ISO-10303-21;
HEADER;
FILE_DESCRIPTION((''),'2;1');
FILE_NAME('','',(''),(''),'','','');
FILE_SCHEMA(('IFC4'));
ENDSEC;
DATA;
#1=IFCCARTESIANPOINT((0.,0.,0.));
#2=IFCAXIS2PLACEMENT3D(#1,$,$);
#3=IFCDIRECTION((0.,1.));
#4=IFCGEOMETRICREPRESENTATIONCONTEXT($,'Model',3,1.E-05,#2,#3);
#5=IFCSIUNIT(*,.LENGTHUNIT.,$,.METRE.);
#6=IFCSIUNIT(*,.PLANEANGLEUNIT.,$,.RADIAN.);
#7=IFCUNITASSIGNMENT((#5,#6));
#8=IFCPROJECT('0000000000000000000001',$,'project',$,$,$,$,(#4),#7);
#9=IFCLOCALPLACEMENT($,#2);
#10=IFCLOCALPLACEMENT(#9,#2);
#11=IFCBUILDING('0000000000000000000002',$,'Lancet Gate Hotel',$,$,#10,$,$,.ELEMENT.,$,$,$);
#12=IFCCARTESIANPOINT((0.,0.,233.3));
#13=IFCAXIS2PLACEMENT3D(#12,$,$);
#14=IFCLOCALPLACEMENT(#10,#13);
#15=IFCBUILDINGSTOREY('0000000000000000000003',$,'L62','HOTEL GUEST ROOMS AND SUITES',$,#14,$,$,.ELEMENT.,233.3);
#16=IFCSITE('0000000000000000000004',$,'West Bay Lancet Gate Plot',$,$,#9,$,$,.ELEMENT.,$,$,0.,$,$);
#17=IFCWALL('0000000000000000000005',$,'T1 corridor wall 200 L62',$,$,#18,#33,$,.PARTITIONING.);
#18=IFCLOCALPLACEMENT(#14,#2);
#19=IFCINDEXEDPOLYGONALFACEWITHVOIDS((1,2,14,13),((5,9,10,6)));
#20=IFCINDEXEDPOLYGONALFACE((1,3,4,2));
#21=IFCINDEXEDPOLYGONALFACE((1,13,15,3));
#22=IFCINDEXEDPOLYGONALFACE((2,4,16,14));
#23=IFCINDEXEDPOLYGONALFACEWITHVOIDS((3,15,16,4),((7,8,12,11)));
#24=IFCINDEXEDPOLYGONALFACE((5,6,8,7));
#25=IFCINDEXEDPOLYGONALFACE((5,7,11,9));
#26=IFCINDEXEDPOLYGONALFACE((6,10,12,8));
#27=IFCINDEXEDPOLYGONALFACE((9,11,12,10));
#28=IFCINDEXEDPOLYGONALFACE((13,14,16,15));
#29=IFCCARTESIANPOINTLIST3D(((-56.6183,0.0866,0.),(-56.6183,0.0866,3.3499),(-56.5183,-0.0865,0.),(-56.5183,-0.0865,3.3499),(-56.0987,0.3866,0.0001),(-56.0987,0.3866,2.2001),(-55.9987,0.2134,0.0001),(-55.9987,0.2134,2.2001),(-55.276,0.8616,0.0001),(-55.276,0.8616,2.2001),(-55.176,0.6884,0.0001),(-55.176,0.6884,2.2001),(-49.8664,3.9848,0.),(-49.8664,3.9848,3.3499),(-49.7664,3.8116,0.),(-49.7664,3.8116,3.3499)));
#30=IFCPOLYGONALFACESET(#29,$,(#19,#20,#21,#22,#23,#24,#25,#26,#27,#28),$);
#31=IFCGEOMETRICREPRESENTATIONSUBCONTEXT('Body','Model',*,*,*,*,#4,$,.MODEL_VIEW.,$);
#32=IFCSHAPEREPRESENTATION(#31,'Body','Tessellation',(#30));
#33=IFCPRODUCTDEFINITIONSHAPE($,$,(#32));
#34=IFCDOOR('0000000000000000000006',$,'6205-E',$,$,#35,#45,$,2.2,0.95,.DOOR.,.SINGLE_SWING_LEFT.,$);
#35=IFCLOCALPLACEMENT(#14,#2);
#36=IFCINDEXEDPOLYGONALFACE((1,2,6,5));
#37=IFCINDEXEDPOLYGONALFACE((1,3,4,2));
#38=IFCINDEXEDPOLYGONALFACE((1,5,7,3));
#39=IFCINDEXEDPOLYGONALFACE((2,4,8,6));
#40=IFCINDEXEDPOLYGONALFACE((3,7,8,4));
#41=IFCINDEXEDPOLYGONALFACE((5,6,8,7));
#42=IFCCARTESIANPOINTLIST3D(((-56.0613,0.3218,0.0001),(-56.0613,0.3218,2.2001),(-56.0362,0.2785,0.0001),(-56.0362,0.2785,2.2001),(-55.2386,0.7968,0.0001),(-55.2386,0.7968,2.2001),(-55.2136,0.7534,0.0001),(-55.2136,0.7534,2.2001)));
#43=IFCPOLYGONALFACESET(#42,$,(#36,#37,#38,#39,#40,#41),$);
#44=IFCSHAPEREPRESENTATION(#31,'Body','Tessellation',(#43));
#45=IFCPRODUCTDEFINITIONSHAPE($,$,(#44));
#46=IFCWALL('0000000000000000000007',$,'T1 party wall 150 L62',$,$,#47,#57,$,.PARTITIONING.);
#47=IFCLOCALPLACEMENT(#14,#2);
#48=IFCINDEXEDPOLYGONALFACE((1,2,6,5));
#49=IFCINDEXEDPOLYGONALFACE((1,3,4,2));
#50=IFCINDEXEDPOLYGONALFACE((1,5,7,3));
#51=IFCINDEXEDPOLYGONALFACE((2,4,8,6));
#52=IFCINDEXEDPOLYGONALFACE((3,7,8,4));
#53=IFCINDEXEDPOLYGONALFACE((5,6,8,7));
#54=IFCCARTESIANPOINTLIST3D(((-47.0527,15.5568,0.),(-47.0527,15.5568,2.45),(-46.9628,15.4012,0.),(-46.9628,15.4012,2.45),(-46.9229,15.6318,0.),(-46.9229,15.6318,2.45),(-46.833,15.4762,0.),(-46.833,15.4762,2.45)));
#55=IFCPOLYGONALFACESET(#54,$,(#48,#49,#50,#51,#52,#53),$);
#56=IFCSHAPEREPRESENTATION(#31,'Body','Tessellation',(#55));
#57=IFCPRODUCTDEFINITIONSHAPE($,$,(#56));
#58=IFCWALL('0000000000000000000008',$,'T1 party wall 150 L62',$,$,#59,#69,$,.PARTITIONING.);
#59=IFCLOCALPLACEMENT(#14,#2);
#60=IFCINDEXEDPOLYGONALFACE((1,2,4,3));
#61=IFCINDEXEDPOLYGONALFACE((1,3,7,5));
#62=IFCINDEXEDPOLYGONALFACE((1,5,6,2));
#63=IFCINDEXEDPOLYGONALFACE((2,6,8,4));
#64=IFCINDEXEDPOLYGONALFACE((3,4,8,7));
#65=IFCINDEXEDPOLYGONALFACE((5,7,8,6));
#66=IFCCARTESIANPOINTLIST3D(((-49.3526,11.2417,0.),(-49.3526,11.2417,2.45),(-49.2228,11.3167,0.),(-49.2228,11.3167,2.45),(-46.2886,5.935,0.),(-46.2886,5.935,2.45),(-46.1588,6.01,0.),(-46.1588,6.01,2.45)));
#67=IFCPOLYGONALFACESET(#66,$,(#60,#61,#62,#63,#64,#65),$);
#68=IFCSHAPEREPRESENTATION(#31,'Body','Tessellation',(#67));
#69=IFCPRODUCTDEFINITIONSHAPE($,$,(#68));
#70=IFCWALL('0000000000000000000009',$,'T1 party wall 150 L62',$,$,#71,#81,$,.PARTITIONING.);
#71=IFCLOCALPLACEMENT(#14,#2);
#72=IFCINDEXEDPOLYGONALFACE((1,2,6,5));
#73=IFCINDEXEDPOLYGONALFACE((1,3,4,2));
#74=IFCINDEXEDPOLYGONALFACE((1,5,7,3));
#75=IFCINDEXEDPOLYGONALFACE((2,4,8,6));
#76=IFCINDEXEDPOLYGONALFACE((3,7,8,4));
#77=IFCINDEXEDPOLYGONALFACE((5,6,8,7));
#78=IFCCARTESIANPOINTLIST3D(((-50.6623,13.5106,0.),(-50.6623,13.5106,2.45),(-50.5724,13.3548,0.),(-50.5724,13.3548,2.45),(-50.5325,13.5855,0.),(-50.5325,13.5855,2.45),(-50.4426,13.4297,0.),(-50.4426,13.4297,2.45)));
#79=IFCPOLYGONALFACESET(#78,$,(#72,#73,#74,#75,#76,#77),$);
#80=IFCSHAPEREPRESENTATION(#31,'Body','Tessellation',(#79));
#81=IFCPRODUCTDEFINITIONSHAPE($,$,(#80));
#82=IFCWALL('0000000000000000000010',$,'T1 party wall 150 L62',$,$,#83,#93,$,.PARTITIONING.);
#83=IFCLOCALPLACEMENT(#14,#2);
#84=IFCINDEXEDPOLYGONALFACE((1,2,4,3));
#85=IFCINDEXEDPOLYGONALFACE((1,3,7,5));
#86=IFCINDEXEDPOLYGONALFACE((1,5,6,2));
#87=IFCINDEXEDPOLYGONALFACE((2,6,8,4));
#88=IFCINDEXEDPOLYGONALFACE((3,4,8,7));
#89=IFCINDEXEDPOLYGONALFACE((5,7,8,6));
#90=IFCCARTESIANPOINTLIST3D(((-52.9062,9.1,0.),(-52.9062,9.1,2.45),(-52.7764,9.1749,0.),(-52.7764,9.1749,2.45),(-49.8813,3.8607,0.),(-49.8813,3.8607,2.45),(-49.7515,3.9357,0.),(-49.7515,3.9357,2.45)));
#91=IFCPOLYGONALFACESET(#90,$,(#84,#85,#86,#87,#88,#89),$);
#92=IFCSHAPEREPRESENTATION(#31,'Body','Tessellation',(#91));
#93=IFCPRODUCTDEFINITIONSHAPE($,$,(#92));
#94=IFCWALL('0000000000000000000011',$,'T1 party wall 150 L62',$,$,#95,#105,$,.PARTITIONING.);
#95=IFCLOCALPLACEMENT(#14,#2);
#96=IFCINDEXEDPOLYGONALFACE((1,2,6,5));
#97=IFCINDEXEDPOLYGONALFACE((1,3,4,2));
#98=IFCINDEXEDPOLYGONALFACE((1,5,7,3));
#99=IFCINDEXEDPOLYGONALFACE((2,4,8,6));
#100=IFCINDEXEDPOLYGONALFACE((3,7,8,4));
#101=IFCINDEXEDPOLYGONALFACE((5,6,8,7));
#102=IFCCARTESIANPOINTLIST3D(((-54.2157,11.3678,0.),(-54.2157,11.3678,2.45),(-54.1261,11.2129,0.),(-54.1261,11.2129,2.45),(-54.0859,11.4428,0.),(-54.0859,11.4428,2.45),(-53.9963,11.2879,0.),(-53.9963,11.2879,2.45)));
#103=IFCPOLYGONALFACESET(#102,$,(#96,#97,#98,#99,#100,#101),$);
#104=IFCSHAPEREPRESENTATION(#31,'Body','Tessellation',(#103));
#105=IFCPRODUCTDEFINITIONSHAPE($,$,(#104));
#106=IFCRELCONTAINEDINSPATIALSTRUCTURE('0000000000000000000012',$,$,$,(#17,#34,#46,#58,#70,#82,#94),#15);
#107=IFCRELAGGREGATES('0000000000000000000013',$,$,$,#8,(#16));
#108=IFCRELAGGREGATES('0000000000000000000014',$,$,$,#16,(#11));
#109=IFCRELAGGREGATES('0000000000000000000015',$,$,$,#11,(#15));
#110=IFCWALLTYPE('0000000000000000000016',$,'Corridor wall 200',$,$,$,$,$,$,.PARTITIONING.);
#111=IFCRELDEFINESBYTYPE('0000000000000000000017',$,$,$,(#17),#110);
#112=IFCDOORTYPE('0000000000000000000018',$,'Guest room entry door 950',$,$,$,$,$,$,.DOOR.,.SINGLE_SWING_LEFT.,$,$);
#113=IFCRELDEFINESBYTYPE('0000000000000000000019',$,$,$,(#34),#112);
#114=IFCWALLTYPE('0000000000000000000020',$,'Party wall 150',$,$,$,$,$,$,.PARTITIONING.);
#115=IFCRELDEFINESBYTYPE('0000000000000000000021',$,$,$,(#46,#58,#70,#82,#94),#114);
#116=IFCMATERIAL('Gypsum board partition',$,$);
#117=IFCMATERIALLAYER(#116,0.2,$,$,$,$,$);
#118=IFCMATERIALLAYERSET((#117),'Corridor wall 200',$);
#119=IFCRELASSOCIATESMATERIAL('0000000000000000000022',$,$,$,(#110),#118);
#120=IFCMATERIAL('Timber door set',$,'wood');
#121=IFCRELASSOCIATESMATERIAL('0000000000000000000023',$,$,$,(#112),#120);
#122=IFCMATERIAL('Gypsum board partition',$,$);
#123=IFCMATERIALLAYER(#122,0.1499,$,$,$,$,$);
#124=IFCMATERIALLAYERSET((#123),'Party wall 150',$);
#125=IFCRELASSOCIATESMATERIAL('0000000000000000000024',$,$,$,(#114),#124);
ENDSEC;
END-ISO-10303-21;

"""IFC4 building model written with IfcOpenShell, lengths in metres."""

from ifc_helpers import new_model, si_unit, direction, frame, frame_2d, origin, place, context, subcontext, project, spatial, rectangle, extrude, material, layer, layer_set, type_object, element, fill, save


model = new_model("IFC4")

# Units and contexts
model_context = context("Model", 3, precision=1e-05, world=origin(), true_north=direction((0.0, 1.0)))
body_context = subcontext(model_context, "Body", "Model", "MODEL_VIEW")
ifc_project = project(units=[si_unit("LENGTHUNIT", "METRE"), si_unit("PLANEANGLEUNIT", "RADIAN")], contexts=[model_context])

# Site, building, storey
site_placement = place(None, origin())
site = spatial("IfcSite", under=ifc_project, at=site_placement, Name="West Bay Lancet Gate Plot", CompositionType="ELEMENT", RefElevation=0.0)
building_placement = place(site_placement, origin())
building = spatial("IfcBuilding", under=site, at=building_placement, Name="Lancet Gate Hotel", CompositionType="ELEMENT")
storey_placement = place(building_placement, frame((0.0, 0.0, 233.3)))
storey = spatial("IfcBuildingStorey", under=building, at=storey_placement, Name="L62", Description="HOTEL GUEST ROOMS AND SUITES", CompositionType="ELEMENT", Elevation=233.3)

# Wall, opening, door
ifc_material_1 = material(Name="Gypsum board partition")
ifc_layer_1 = layer(ifc_material_1, 0.2)
ifc_layer_set_1 = layer_set([ifc_layer_1], Name="Corridor wall 200")
wall_type_1 = type_object("IfcWallType", Name="Corridor wall 200", PredefinedType="PARTITIONING", material=ifc_layer_set_1)
wall_1_placement = place(storey_placement, frame((-49.8164, 3.8982, 0.0), z_axis=(0.0, 0.0, 1.0), x_axis=(-0.866028, -0.499995, 0.0)))
wall_1 = element("IfcWall", 1, at=wall_1_placement, inside=storey, type_object=wall_type_1, Name="T1 corridor wall 200 L62", PredefinedType="PARTITIONING", context=body_context, shape_type="SweptSolid", body=[
    extrude(rectangle(XDim=7.7964, YDim=0.2, at=frame_2d((3.8982, 0.0))), origin(), (0.0, 0.0, 1.0), 3.3499),
])
opening_placement = place(wall_1_placement, frame((6.2463, 0.0, 0.0)))
opening = element("IfcOpeningElement", 2, at=opening_placement, cuts=wall_1, PredefinedType="OPENING", context=body_context, shape_type="SweptSolid", body=[
    extrude(rectangle(XDim=0.95, YDim=2.2, at=frame_2d((0.4751, 1.1001))), frame((0.0, 0.1099, 0.0), z_axis=(0.0, -1.0, 0.0), x_axis=(1.0, 0.0, 0.0)), (0.0, 0.0, 1.0), 0.22),
])
ifc_material_2 = material(Name="Timber door set", Category="wood")
door_type = type_object("IfcDoorType", Name="Guest room entry door 950", OperationType="SINGLE_SWING_LEFT", PredefinedType="DOOR", material=ifc_material_2)
door_placement = place(opening_placement, origin())
door = element("IfcDoor", 3, at=door_placement, inside=storey, type_object=door_type, Name="6205-E", OperationType="SINGLE_SWING_LEFT", OverallHeight=2.2, OverallWidth=0.95, PredefinedType="DOOR", context=body_context, shape_type="SweptSolid", body=[
    extrude(rectangle(XDim=0.95, YDim=2.2, at=frame_2d((0.4751, 1.1001))), frame((0.0, 0.0249, 0.0), z_axis=(0.0, -1.0, 0.0), x_axis=(1.0, 0.0, 0.0)), (0.0, 0.0, 1.0), 0.05),
])
fill(opening, door)

# Walls
ifc_material_3 = material(Name="Gypsum board partition")
ifc_layer_2 = layer(ifc_material_3, 0.1499)
ifc_layer_set_2 = layer_set([ifc_layer_2], Name="Party wall 150")
wall_type_2 = type_object("IfcWallType", Name="Party wall 150", PredefinedType="PARTITIONING", material=ifc_layer_set_2)
wall_2_placement = place(storey_placement, frame((-46.8979, 15.4387, 0.0), z_axis=(0.0, 0.0, 1.0), x_axis=(-0.500232, 0.865891, 0.0)))
element("IfcWall", 4, at=wall_2_placement, inside=storey, type_object=wall_type_2, Name="T1 party wall 150 L62", PredefinedType="PARTITIONING", context=body_context, shape_type="SweptSolid", body=[
    extrude(rectangle(XDim=0.1797, YDim=0.1499, at=frame_2d((0.0898, 0.0))), origin(), (0.0, 0.0, 1.0), 2.45),
])
wall_3_placement = place(storey_placement, frame((-46.2236, 5.9724, 0.0), z_axis=(0.0, 0.0, 1.0), x_axis=(-0.500021, 0.866013, 0.0)))
element("IfcWall", 5, at=wall_3_placement, inside=storey, type_object=wall_type_2, Name="T1 party wall 150 L62", PredefinedType="PARTITIONING", context=body_context, shape_type="SweptSolid", body=[
    extrude(rectangle(XDim=6.1277, YDim=0.1499, at=frame_2d((3.064, 0.0))), origin(), (0.0, 0.0, 1.0), 2.45),
])
wall_4_placement = place(storey_placement, frame((-50.5076, 13.3923, 0.0), z_axis=(0.0, 0.0, 1.0), x_axis=(-0.499644, 0.866231, 0.0)))
element("IfcWall", 6, at=wall_4_placement, inside=storey, type_object=wall_type_2, Name="T1 party wall 150 L62", PredefinedType="PARTITIONING", context=body_context, shape_type="SweptSolid", body=[
    extrude(rectangle(XDim=0.1799, YDim=0.1499, at=frame_2d((0.0898, 0.0))), origin(), (0.0, 0.0, 1.0), 2.45),
])
wall_5_placement = place(storey_placement, frame((-49.8164, 3.8982, 0.0), z_axis=(0.0, 0.0, 1.0), x_axis=(-0.500002, 0.866024, 0.0)))
element("IfcWall", 7, at=wall_5_placement, inside=storey, type_object=wall_type_2, Name="T1 party wall 150 L62", PredefinedType="PARTITIONING", context=body_context, shape_type="SweptSolid", body=[
    extrude(rectangle(XDim=6.0498, YDim=0.1499, at=frame_2d((3.0249, 0.0))), origin(), (0.0, 0.0, 1.0), 2.45),
])
wall_6_placement = place(storey_placement, frame((-54.0613, 11.2505, 0.0), z_axis=(0.0, 0.0, 1.0), x_axis=(-0.500391, 0.865799, 0.0)))
element("IfcWall", 8, at=wall_6_placement, inside=storey, type_object=wall_type_2, Name="T1 party wall 150 L62", PredefinedType="PARTITIONING", context=body_context, shape_type="SweptSolid", body=[
    extrude(rectangle(XDim=0.179, YDim=0.1499, at=frame_2d((0.0894, 0.0))), origin(), (0.0, 0.0, 1.0), 2.45),
])

save(model, "model.ifc")
